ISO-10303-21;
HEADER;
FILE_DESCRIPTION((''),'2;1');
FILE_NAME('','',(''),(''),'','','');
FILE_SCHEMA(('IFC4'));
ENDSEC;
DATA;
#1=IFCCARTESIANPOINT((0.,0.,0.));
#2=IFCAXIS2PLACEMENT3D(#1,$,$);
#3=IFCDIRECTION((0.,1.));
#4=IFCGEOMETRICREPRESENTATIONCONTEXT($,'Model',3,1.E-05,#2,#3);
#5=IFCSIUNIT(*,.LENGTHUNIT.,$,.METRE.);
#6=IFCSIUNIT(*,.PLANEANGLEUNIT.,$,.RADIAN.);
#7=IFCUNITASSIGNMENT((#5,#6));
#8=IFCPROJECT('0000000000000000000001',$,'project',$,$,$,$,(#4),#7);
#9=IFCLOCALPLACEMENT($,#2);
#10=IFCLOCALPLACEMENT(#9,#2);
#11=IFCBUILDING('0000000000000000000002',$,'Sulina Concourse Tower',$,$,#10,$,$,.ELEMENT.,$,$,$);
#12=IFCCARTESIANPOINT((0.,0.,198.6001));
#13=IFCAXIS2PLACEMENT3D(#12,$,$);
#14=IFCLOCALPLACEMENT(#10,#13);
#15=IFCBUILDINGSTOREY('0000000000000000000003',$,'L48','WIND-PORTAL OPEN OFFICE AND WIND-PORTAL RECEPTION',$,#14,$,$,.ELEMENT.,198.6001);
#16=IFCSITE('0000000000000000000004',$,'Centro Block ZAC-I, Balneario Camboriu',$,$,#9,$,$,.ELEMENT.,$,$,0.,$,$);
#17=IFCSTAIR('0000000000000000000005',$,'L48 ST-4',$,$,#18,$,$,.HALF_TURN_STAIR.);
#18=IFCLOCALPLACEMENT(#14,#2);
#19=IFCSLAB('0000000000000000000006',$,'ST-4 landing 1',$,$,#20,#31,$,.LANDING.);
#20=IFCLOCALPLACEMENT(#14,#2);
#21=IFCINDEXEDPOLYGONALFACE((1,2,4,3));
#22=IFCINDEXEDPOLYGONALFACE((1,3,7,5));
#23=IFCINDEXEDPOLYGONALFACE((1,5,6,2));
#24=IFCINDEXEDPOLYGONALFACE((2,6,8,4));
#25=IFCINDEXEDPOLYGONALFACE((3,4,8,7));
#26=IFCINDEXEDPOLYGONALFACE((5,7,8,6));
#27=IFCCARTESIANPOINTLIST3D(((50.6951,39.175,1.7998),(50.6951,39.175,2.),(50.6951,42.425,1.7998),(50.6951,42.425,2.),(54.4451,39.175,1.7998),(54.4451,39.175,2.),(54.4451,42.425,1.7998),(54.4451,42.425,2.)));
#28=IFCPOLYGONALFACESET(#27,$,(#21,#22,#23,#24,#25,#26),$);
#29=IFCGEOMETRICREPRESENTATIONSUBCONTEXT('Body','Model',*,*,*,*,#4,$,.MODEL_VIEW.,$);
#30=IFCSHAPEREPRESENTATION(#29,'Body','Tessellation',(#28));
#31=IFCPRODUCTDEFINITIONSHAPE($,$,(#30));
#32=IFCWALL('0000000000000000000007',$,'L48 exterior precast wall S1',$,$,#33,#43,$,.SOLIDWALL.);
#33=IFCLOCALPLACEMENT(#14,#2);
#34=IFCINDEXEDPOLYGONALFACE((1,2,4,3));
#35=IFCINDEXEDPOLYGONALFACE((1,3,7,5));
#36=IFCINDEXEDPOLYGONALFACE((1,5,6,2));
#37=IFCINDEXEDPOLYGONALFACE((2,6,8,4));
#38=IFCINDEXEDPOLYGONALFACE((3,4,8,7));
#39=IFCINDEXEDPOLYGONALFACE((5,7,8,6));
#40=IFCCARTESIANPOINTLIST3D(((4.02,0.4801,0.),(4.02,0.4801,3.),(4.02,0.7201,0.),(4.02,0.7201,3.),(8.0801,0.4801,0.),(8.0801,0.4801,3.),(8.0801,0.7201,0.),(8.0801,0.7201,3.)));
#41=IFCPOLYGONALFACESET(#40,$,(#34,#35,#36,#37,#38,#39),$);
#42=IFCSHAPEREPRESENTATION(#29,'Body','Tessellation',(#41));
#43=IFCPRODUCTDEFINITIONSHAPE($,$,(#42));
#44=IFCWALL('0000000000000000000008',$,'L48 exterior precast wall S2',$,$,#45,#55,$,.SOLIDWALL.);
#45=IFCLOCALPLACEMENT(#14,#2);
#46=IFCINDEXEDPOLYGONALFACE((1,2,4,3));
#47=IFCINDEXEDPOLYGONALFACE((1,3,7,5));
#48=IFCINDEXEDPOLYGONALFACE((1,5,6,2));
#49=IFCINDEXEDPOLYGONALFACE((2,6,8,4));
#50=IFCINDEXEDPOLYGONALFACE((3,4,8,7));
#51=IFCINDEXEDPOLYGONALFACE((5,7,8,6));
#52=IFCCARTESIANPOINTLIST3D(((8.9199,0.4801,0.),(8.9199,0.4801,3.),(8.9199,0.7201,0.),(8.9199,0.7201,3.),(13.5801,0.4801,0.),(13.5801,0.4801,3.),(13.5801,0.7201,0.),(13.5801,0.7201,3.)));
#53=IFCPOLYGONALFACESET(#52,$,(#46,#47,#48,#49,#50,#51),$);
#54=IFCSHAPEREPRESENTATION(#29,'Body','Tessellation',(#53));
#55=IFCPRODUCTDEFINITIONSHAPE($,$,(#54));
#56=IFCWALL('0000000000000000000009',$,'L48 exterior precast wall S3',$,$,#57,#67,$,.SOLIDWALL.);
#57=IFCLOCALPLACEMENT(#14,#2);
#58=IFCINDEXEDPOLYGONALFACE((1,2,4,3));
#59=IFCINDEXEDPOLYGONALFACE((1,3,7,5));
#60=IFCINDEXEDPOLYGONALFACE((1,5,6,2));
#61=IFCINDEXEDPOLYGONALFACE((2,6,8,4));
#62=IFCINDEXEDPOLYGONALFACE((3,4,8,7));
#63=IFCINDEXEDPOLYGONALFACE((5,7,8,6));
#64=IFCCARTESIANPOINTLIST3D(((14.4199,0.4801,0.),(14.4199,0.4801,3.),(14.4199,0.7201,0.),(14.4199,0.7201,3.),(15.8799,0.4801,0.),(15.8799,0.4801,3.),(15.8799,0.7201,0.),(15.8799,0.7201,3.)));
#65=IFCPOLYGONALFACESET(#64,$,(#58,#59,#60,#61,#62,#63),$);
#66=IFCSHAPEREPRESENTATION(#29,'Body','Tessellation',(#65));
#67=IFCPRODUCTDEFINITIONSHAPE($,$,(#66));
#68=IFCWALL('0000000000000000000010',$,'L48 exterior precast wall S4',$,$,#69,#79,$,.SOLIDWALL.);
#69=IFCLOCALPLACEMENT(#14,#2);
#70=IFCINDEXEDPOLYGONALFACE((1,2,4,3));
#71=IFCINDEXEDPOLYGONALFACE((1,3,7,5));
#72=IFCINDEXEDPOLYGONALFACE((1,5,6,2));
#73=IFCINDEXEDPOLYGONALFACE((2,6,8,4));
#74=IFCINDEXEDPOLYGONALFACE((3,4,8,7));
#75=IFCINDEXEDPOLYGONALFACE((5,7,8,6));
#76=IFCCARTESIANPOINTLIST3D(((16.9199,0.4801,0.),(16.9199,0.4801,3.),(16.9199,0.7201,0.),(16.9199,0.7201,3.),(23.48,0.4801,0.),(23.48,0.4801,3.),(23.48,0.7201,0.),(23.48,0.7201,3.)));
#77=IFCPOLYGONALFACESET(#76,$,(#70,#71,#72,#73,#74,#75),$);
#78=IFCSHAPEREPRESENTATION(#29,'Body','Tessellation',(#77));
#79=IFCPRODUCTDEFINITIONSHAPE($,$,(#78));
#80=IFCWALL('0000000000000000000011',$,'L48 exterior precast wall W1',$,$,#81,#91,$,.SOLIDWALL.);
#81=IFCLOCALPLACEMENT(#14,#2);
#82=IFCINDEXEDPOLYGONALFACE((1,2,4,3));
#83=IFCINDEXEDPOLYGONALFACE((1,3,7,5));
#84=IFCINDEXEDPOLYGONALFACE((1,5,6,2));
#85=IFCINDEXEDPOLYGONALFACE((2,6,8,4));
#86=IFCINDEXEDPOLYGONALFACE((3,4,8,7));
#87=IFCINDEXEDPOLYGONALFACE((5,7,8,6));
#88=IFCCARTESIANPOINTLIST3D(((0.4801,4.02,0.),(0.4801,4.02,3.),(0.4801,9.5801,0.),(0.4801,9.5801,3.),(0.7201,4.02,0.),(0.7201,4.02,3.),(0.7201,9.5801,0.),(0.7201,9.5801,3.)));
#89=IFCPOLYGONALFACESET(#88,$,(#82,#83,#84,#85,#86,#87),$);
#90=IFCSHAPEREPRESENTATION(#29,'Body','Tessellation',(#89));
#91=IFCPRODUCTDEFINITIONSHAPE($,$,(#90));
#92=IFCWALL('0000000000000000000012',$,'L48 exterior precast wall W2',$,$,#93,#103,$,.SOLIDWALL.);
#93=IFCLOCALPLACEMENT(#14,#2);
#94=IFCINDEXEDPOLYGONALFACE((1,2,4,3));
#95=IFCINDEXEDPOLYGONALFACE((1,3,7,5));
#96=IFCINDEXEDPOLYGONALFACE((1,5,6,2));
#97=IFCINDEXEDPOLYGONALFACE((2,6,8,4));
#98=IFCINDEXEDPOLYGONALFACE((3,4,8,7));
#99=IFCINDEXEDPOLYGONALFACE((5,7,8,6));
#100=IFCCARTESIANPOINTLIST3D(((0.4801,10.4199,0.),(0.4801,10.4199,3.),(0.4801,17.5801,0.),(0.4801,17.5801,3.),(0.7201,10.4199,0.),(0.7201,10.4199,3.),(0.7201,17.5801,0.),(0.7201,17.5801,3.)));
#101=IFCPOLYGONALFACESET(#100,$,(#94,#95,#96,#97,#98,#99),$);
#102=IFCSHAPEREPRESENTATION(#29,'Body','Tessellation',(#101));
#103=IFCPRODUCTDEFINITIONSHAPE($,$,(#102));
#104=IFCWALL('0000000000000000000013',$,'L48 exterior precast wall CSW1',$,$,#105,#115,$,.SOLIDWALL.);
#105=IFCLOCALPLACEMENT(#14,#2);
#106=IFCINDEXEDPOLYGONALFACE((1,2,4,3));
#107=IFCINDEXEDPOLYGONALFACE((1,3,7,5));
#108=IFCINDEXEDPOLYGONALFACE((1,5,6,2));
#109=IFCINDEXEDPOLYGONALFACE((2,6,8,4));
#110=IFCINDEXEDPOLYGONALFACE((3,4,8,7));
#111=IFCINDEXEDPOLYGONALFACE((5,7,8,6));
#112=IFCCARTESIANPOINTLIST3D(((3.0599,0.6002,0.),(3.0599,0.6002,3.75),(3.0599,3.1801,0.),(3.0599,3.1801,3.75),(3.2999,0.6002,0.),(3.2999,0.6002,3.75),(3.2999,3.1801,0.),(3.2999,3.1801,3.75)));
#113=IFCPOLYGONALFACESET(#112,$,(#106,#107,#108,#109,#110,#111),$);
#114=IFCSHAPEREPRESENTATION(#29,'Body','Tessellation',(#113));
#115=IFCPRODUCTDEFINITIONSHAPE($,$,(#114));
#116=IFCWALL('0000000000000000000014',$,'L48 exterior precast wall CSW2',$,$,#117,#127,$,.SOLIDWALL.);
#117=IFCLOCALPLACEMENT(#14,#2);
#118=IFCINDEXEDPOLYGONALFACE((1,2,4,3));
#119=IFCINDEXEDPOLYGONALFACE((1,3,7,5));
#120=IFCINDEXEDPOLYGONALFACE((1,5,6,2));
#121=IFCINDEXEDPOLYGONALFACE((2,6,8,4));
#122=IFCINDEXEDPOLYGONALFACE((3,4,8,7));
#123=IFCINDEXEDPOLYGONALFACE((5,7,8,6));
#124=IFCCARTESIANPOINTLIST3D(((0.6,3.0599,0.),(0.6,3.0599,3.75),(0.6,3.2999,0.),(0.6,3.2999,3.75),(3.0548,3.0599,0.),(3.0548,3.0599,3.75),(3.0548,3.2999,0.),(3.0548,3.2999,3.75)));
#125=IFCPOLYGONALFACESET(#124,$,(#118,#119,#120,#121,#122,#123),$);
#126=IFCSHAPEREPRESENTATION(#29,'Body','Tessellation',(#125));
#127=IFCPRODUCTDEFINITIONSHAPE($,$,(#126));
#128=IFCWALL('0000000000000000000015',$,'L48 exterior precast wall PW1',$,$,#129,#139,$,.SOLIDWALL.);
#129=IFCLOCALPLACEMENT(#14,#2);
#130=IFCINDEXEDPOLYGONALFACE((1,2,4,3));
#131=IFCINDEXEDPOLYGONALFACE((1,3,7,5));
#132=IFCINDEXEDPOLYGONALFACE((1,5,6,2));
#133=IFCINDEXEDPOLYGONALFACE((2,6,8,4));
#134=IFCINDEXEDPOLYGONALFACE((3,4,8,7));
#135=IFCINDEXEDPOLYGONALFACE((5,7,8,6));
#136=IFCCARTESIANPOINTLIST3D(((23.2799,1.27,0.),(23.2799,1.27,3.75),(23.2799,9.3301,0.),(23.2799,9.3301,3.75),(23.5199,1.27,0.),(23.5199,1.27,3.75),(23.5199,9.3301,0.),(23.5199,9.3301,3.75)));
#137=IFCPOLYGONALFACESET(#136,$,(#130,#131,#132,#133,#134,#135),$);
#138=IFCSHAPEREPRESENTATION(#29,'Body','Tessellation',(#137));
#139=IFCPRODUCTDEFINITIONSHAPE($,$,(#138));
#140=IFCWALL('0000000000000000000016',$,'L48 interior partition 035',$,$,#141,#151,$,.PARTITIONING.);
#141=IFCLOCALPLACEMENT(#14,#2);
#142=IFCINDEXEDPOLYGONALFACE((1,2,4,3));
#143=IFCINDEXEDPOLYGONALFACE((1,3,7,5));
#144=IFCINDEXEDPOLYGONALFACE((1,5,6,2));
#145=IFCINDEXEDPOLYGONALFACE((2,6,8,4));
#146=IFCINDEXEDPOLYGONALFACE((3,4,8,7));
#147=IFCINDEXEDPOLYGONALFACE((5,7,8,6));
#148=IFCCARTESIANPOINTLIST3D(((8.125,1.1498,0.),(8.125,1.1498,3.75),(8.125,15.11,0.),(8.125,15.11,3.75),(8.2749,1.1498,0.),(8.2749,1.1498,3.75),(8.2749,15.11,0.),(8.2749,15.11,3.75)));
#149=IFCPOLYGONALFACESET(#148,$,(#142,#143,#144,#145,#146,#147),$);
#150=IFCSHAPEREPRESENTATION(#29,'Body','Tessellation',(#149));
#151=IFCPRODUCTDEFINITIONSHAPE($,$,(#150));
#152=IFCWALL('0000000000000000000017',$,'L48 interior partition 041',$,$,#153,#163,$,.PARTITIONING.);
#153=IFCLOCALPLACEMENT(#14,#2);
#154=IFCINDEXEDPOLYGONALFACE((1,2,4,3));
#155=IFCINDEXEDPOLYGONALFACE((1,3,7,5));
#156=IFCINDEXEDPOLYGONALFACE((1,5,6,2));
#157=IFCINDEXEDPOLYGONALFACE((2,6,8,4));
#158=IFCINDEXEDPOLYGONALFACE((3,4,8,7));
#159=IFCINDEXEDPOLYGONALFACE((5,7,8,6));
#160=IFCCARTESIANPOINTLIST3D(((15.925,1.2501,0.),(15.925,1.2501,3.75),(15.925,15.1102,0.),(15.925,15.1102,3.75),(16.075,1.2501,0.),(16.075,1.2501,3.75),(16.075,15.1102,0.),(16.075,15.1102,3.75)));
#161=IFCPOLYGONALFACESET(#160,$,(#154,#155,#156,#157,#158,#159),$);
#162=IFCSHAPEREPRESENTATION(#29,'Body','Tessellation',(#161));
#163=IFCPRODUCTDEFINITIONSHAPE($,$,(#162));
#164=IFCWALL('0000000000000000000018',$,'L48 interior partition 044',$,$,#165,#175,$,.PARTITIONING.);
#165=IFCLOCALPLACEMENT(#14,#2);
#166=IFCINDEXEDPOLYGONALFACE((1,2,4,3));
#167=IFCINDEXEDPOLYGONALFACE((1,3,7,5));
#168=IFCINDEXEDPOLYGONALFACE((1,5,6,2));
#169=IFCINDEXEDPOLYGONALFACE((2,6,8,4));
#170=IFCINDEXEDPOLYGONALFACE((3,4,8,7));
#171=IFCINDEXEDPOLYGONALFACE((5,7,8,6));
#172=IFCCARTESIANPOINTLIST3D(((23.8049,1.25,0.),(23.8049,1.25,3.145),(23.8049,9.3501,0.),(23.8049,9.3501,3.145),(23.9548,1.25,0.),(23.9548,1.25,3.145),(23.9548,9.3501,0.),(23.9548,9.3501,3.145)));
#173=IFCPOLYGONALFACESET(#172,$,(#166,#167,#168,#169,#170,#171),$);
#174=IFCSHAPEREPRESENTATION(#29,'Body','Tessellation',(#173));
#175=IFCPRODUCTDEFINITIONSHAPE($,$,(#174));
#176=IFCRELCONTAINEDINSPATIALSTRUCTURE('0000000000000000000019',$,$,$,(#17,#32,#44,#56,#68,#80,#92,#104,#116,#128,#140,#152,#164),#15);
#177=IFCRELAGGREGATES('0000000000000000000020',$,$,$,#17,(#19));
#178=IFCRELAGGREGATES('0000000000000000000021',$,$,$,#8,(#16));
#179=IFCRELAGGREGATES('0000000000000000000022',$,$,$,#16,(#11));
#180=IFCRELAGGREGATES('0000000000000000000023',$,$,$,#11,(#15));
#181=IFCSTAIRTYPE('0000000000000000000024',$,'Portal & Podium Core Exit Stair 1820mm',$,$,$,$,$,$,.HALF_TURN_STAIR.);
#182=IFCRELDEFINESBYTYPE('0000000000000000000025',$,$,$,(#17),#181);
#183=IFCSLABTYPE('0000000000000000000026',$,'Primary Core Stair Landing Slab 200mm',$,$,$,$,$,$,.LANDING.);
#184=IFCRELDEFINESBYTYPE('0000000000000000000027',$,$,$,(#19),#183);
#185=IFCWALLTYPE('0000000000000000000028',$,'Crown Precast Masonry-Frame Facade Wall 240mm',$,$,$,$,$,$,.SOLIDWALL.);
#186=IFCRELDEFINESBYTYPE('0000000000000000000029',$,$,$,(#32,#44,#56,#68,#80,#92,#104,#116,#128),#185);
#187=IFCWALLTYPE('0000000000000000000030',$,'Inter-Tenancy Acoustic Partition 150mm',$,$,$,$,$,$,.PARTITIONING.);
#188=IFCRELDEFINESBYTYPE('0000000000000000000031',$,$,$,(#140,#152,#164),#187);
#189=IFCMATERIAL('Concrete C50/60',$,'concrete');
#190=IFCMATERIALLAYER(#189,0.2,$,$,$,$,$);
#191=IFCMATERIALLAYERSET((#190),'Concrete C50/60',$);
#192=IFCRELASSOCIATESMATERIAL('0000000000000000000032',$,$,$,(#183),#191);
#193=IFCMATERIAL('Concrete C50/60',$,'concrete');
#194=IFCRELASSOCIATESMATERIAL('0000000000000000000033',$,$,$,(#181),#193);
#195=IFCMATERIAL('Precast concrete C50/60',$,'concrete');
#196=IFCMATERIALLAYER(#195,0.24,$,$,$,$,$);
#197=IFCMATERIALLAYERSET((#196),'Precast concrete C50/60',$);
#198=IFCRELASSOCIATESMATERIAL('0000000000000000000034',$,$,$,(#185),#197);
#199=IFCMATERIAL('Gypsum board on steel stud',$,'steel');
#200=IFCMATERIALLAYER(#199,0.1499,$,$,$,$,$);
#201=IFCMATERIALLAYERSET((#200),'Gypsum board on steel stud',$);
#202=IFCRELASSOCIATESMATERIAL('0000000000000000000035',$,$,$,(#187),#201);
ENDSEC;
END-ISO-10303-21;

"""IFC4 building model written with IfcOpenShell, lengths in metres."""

from ifc_helpers import new_model, si_unit, direction, frame, frame_2d, origin, place, context, subcontext, project, spatial, polyline, rectangle, outline, extrude, material, layer, layer_set, type_object, element, aggregate, save


model = new_model("IFC4")

# Units and contexts
model_context = context("Model", 3, precision=1e-05, world=origin(), true_north=direction((0.0, 1.0)))
body_context = subcontext(model_context, "Body", "Model", "MODEL_VIEW")
ifc_project = project(units=[si_unit("LENGTHUNIT", "METRE"), si_unit("PLANEANGLEUNIT", "RADIAN")], contexts=[model_context])

# Site, building, storey
site_placement = place(None, origin())
site = spatial("IfcSite", under=ifc_project, at=site_placement, Name="Centro Block ZAC-I, Balneario Camboriu", CompositionType="ELEMENT", RefElevation=0.0)
building_placement = place(site_placement, origin())
building = spatial("IfcBuilding", under=site, at=building_placement, Name="Sulina Concourse Tower", CompositionType="ELEMENT")
storey_placement = place(building_placement, frame((0.0, 0.0, 198.6001)))
storey = spatial("IfcBuildingStorey", under=building, at=storey_placement, Name="L48", Description="WIND-PORTAL OPEN OFFICE AND WIND-PORTAL RECEPTION", CompositionType="ELEMENT", Elevation=198.6001)

# Shared definitions
ifc_material_1 = material(Name="Concrete C50/60", Category="concrete")
ifc_layer_1 = layer(ifc_material_1, 0.2)
ifc_layer_set_1 = layer_set([ifc_layer_1], Name="Concrete C50/60")
slab_type_1 = type_object("IfcSlabType", Name="Primary Core Stair Landing Slab 200mm", PredefinedType="LANDING", material=ifc_layer_set_1)

# Stair, slab
ifc_material_2 = material(Name="Concrete C50/60", Category="concrete")
stair_type_1 = type_object("IfcStairType", Name="Portal & Podium Core Exit Stair 1820mm", PredefinedType="HALF_TURN_STAIR", material=ifc_material_2)
stair_1_placement = place(storey_placement, origin())
stair_1 = element("IfcStair", 1, at=stair_1_placement, inside=storey, type_object=stair_type_1, Name="L48 ST-4", PredefinedType="HALF_TURN_STAIR")
slab_1_placement = place(storey_placement, frame((0.0, 0.0, 1.7998)))
slab_1 = element("IfcSlab", 2, at=slab_1_placement, type_object=slab_type_1, Name="ST-4 landing 1", PredefinedType="LANDING", context=body_context, shape_type="SweptSolid", body=[
    extrude(outline(polyline([(54.4451, 39.175), (54.4451, 42.425), (50.6951, 42.425), (50.6951, 39.175), (54.4451, 39.175)])), origin(), (0.0, 0.0, 1.0), 0.2002),
])
aggregate(stair_1, [slab_1])

# Walls
ifc_material_3 = material(Name="Precast concrete C50/60", Category="concrete")
ifc_layer_2 = layer(ifc_material_3, 0.24)
ifc_layer_set_2 = layer_set([ifc_layer_2], Name="Precast concrete C50/60")
wall_type_1 = type_object("IfcWallType", Name="Crown Precast Masonry-Frame Facade Wall 240mm", PredefinedType="SOLIDWALL", material=ifc_layer_set_2)
wall_1_placement = place(storey_placement, frame((8.0801, 0.6001, 0.0), z_axis=(0.0, 0.0, 1.0), x_axis=(-1.0, 0.0, 0.0)))
element("IfcWall", 3, at=wall_1_placement, inside=storey, type_object=wall_type_1, Name="L48 exterior precast wall S1", PredefinedType="SOLIDWALL", context=body_context, shape_type="SweptSolid", body=[
    extrude(rectangle(XDim=4.0601, YDim=0.24, at=frame_2d((2.03, 0.0))), origin(), (0.0, 0.0, 1.0), 3.0),
])
wall_2_placement = place(storey_placement, frame((13.5801, 0.6001, 0.0), z_axis=(0.0, 0.0, 1.0), x_axis=(-1.0, 0.0, 0.0)))
element("IfcWall", 4, at=wall_2_placement, inside=storey, type_object=wall_type_1, Name="L48 exterior precast wall S2", PredefinedType="SOLIDWALL", context=body_context, shape_type="SweptSolid", body=[
    extrude(rectangle(XDim=4.6602, YDim=0.24, at=frame_2d((2.3301, 0.0))), origin(), (0.0, 0.0, 1.0), 3.0),
])
wall_3_placement = place(storey_placement, frame((15.8799, 0.6001, 0.0), z_axis=(0.0, 0.0, 1.0), x_axis=(-1.0, 0.0, 0.0)))
element("IfcWall", 5, at=wall_3_placement, inside=storey, type_object=wall_type_1, Name="L48 exterior precast wall S3", PredefinedType="SOLIDWALL", context=body_context, shape_type="SweptSolid", body=[
    extrude(rectangle(XDim=1.46, YDim=0.24, at=frame_2d((0.73, 0.0))), origin(), (0.0, 0.0, 1.0), 3.0),
])
wall_4_placement = place(storey_placement, frame((23.48, 0.6001, 0.0), z_axis=(0.0, 0.0, 1.0), x_axis=(-1.0, 0.0, 0.0)))
element("IfcWall", 6, at=wall_4_placement, inside=storey, type_object=wall_type_1, Name="L48 exterior precast wall S4", PredefinedType="SOLIDWALL", context=body_context, shape_type="SweptSolid", body=[
    extrude(rectangle(XDim=6.5601, YDim=0.24, at=frame_2d((3.28, 0.0))), origin(), (0.0, 0.0, 1.0), 3.0),
])
wall_5_placement = place(storey_placement, frame((0.6001, 4.02, 0.0), z_axis=(0.0, 0.0, 1.0), x_axis=(0.0, 1.0, 0.0)))
element("IfcWall", 7, at=wall_5_placement, inside=storey, type_object=wall_type_1, Name="L48 exterior precast wall W1", PredefinedType="SOLIDWALL", context=body_context, shape_type="SweptSolid", body=[
    extrude(rectangle(XDim=5.5601, YDim=0.24, at=frame_2d((2.78, 0.0))), origin(), (0.0, 0.0, 1.0), 3.0),
])
wall_6_placement = place(storey_placement, frame((0.6001, 10.4199, 0.0), z_axis=(0.0, 0.0, 1.0), x_axis=(0.0, 1.0, 0.0)))
element("IfcWall", 8, at=wall_6_placement, inside=storey, type_object=wall_type_1, Name="L48 exterior precast wall W2", PredefinedType="SOLIDWALL", context=body_context, shape_type="SweptSolid", body=[
    extrude(rectangle(XDim=7.1602, YDim=0.24, at=frame_2d((3.5801, 0.0))), origin(), (0.0, 0.0, 1.0), 3.0),
])
wall_7_placement = place(storey_placement, frame((3.1799, 0.6001, 0.0), z_axis=(0.0, 0.0, 1.0), x_axis=(0.0, 1.0, 0.0)))
element("IfcWall", 9, at=wall_7_placement, inside=storey, type_object=wall_type_1, Name="L48 exterior precast wall CSW1", PredefinedType="SOLIDWALL", context=body_context, shape_type="SweptSolid", body=[
    extrude(rectangle(XDim=2.5798, YDim=0.24, at=frame_2d((1.29, 0.0))), origin(), (0.0, 0.0, 1.0), 3.75),
])
wall_8_placement = place(storey_placement, frame((3.0549, 3.1799, 0.0), z_axis=(0.0, 0.0, 1.0), x_axis=(-1.0, 0.0, 0.0)))
element("IfcWall", 10, at=wall_8_placement, inside=storey, type_object=wall_type_1, Name="L48 exterior precast wall CSW2", PredefinedType="SOLIDWALL", context=body_context, shape_type="SweptSolid", body=[
    extrude(rectangle(XDim=2.4548, YDim=0.24, at=frame_2d((1.2275, 0.0))), origin(), (0.0, 0.0, 1.0), 3.75),
])
wall_9_placement = place(storey_placement, frame((23.3999, 9.3301, 0.0), z_axis=(0.0, 0.0, 1.0), x_axis=(0.0, -1.0, 0.0)))
element("IfcWall", 11, at=wall_9_placement, inside=storey, type_object=wall_type_1, Name="L48 exterior precast wall PW1", PredefinedType="SOLIDWALL", context=body_context, shape_type="SweptSolid", body=[
    extrude(rectangle(XDim=8.0601, YDim=0.24, at=frame_2d((4.03, 0.0))), origin(), (0.0, 0.0, 1.0), 3.75),
])
ifc_material_4 = material(Name="Gypsum board on steel stud", Category="steel")
ifc_layer_3 = layer(ifc_material_4, 0.1499)
ifc_layer_set_3 = layer_set([ifc_layer_3], Name="Gypsum board on steel stud")
wall_type_2 = type_object("IfcWallType", Name="Inter-Tenancy Acoustic Partition 150mm", PredefinedType="PARTITIONING", material=ifc_layer_set_3)
wall_10_placement = place(storey_placement, frame((8.2, 1.1499, 0.0), z_axis=(0.0, 0.0, 1.0), x_axis=(0.0, 1.0, 0.0)))
element("IfcWall", 12, at=wall_10_placement, inside=storey, type_object=wall_type_2, Name="L48 interior partition 035", PredefinedType="PARTITIONING", context=body_context, shape_type="SweptSolid", body=[
    extrude(rectangle(XDim=13.9602, YDim=0.1499, at=frame_2d((6.98, 0.0))), origin(), (0.0, 0.0, 1.0), 3.75),
])
wall_11_placement = place(storey_placement, frame((16.0, 1.25, 0.0), z_axis=(0.0, 0.0, 1.0), x_axis=(0.0, 1.0, 0.0)))
element("IfcWall", 13, at=wall_11_placement, inside=storey, type_object=wall_type_2, Name="L48 interior partition 041", PredefinedType="PARTITIONING", context=body_context, shape_type="SweptSolid", body=[
    extrude(rectangle(XDim=13.8601, YDim=0.1499, at=frame_2d((6.9302, 0.0))), origin(), (0.0, 0.0, 1.0), 3.75),
])
wall_12_placement = place(storey_placement, frame((23.8799, 1.25, 0.0), z_axis=(0.0, 0.0, 1.0), x_axis=(0.0, 1.0, 0.0)))
element("IfcWall", 14, at=wall_12_placement, inside=storey, type_object=wall_type_2, Name="L48 interior partition 044", PredefinedType="PARTITIONING", context=body_context, shape_type="SweptSolid", body=[
    extrude(rectangle(XDim=8.1001, YDim=0.1499, at=frame_2d((4.05, 0.0))), origin(), (0.0, 0.0, 1.0), 3.145),
])

save(model, "model.ifc")
